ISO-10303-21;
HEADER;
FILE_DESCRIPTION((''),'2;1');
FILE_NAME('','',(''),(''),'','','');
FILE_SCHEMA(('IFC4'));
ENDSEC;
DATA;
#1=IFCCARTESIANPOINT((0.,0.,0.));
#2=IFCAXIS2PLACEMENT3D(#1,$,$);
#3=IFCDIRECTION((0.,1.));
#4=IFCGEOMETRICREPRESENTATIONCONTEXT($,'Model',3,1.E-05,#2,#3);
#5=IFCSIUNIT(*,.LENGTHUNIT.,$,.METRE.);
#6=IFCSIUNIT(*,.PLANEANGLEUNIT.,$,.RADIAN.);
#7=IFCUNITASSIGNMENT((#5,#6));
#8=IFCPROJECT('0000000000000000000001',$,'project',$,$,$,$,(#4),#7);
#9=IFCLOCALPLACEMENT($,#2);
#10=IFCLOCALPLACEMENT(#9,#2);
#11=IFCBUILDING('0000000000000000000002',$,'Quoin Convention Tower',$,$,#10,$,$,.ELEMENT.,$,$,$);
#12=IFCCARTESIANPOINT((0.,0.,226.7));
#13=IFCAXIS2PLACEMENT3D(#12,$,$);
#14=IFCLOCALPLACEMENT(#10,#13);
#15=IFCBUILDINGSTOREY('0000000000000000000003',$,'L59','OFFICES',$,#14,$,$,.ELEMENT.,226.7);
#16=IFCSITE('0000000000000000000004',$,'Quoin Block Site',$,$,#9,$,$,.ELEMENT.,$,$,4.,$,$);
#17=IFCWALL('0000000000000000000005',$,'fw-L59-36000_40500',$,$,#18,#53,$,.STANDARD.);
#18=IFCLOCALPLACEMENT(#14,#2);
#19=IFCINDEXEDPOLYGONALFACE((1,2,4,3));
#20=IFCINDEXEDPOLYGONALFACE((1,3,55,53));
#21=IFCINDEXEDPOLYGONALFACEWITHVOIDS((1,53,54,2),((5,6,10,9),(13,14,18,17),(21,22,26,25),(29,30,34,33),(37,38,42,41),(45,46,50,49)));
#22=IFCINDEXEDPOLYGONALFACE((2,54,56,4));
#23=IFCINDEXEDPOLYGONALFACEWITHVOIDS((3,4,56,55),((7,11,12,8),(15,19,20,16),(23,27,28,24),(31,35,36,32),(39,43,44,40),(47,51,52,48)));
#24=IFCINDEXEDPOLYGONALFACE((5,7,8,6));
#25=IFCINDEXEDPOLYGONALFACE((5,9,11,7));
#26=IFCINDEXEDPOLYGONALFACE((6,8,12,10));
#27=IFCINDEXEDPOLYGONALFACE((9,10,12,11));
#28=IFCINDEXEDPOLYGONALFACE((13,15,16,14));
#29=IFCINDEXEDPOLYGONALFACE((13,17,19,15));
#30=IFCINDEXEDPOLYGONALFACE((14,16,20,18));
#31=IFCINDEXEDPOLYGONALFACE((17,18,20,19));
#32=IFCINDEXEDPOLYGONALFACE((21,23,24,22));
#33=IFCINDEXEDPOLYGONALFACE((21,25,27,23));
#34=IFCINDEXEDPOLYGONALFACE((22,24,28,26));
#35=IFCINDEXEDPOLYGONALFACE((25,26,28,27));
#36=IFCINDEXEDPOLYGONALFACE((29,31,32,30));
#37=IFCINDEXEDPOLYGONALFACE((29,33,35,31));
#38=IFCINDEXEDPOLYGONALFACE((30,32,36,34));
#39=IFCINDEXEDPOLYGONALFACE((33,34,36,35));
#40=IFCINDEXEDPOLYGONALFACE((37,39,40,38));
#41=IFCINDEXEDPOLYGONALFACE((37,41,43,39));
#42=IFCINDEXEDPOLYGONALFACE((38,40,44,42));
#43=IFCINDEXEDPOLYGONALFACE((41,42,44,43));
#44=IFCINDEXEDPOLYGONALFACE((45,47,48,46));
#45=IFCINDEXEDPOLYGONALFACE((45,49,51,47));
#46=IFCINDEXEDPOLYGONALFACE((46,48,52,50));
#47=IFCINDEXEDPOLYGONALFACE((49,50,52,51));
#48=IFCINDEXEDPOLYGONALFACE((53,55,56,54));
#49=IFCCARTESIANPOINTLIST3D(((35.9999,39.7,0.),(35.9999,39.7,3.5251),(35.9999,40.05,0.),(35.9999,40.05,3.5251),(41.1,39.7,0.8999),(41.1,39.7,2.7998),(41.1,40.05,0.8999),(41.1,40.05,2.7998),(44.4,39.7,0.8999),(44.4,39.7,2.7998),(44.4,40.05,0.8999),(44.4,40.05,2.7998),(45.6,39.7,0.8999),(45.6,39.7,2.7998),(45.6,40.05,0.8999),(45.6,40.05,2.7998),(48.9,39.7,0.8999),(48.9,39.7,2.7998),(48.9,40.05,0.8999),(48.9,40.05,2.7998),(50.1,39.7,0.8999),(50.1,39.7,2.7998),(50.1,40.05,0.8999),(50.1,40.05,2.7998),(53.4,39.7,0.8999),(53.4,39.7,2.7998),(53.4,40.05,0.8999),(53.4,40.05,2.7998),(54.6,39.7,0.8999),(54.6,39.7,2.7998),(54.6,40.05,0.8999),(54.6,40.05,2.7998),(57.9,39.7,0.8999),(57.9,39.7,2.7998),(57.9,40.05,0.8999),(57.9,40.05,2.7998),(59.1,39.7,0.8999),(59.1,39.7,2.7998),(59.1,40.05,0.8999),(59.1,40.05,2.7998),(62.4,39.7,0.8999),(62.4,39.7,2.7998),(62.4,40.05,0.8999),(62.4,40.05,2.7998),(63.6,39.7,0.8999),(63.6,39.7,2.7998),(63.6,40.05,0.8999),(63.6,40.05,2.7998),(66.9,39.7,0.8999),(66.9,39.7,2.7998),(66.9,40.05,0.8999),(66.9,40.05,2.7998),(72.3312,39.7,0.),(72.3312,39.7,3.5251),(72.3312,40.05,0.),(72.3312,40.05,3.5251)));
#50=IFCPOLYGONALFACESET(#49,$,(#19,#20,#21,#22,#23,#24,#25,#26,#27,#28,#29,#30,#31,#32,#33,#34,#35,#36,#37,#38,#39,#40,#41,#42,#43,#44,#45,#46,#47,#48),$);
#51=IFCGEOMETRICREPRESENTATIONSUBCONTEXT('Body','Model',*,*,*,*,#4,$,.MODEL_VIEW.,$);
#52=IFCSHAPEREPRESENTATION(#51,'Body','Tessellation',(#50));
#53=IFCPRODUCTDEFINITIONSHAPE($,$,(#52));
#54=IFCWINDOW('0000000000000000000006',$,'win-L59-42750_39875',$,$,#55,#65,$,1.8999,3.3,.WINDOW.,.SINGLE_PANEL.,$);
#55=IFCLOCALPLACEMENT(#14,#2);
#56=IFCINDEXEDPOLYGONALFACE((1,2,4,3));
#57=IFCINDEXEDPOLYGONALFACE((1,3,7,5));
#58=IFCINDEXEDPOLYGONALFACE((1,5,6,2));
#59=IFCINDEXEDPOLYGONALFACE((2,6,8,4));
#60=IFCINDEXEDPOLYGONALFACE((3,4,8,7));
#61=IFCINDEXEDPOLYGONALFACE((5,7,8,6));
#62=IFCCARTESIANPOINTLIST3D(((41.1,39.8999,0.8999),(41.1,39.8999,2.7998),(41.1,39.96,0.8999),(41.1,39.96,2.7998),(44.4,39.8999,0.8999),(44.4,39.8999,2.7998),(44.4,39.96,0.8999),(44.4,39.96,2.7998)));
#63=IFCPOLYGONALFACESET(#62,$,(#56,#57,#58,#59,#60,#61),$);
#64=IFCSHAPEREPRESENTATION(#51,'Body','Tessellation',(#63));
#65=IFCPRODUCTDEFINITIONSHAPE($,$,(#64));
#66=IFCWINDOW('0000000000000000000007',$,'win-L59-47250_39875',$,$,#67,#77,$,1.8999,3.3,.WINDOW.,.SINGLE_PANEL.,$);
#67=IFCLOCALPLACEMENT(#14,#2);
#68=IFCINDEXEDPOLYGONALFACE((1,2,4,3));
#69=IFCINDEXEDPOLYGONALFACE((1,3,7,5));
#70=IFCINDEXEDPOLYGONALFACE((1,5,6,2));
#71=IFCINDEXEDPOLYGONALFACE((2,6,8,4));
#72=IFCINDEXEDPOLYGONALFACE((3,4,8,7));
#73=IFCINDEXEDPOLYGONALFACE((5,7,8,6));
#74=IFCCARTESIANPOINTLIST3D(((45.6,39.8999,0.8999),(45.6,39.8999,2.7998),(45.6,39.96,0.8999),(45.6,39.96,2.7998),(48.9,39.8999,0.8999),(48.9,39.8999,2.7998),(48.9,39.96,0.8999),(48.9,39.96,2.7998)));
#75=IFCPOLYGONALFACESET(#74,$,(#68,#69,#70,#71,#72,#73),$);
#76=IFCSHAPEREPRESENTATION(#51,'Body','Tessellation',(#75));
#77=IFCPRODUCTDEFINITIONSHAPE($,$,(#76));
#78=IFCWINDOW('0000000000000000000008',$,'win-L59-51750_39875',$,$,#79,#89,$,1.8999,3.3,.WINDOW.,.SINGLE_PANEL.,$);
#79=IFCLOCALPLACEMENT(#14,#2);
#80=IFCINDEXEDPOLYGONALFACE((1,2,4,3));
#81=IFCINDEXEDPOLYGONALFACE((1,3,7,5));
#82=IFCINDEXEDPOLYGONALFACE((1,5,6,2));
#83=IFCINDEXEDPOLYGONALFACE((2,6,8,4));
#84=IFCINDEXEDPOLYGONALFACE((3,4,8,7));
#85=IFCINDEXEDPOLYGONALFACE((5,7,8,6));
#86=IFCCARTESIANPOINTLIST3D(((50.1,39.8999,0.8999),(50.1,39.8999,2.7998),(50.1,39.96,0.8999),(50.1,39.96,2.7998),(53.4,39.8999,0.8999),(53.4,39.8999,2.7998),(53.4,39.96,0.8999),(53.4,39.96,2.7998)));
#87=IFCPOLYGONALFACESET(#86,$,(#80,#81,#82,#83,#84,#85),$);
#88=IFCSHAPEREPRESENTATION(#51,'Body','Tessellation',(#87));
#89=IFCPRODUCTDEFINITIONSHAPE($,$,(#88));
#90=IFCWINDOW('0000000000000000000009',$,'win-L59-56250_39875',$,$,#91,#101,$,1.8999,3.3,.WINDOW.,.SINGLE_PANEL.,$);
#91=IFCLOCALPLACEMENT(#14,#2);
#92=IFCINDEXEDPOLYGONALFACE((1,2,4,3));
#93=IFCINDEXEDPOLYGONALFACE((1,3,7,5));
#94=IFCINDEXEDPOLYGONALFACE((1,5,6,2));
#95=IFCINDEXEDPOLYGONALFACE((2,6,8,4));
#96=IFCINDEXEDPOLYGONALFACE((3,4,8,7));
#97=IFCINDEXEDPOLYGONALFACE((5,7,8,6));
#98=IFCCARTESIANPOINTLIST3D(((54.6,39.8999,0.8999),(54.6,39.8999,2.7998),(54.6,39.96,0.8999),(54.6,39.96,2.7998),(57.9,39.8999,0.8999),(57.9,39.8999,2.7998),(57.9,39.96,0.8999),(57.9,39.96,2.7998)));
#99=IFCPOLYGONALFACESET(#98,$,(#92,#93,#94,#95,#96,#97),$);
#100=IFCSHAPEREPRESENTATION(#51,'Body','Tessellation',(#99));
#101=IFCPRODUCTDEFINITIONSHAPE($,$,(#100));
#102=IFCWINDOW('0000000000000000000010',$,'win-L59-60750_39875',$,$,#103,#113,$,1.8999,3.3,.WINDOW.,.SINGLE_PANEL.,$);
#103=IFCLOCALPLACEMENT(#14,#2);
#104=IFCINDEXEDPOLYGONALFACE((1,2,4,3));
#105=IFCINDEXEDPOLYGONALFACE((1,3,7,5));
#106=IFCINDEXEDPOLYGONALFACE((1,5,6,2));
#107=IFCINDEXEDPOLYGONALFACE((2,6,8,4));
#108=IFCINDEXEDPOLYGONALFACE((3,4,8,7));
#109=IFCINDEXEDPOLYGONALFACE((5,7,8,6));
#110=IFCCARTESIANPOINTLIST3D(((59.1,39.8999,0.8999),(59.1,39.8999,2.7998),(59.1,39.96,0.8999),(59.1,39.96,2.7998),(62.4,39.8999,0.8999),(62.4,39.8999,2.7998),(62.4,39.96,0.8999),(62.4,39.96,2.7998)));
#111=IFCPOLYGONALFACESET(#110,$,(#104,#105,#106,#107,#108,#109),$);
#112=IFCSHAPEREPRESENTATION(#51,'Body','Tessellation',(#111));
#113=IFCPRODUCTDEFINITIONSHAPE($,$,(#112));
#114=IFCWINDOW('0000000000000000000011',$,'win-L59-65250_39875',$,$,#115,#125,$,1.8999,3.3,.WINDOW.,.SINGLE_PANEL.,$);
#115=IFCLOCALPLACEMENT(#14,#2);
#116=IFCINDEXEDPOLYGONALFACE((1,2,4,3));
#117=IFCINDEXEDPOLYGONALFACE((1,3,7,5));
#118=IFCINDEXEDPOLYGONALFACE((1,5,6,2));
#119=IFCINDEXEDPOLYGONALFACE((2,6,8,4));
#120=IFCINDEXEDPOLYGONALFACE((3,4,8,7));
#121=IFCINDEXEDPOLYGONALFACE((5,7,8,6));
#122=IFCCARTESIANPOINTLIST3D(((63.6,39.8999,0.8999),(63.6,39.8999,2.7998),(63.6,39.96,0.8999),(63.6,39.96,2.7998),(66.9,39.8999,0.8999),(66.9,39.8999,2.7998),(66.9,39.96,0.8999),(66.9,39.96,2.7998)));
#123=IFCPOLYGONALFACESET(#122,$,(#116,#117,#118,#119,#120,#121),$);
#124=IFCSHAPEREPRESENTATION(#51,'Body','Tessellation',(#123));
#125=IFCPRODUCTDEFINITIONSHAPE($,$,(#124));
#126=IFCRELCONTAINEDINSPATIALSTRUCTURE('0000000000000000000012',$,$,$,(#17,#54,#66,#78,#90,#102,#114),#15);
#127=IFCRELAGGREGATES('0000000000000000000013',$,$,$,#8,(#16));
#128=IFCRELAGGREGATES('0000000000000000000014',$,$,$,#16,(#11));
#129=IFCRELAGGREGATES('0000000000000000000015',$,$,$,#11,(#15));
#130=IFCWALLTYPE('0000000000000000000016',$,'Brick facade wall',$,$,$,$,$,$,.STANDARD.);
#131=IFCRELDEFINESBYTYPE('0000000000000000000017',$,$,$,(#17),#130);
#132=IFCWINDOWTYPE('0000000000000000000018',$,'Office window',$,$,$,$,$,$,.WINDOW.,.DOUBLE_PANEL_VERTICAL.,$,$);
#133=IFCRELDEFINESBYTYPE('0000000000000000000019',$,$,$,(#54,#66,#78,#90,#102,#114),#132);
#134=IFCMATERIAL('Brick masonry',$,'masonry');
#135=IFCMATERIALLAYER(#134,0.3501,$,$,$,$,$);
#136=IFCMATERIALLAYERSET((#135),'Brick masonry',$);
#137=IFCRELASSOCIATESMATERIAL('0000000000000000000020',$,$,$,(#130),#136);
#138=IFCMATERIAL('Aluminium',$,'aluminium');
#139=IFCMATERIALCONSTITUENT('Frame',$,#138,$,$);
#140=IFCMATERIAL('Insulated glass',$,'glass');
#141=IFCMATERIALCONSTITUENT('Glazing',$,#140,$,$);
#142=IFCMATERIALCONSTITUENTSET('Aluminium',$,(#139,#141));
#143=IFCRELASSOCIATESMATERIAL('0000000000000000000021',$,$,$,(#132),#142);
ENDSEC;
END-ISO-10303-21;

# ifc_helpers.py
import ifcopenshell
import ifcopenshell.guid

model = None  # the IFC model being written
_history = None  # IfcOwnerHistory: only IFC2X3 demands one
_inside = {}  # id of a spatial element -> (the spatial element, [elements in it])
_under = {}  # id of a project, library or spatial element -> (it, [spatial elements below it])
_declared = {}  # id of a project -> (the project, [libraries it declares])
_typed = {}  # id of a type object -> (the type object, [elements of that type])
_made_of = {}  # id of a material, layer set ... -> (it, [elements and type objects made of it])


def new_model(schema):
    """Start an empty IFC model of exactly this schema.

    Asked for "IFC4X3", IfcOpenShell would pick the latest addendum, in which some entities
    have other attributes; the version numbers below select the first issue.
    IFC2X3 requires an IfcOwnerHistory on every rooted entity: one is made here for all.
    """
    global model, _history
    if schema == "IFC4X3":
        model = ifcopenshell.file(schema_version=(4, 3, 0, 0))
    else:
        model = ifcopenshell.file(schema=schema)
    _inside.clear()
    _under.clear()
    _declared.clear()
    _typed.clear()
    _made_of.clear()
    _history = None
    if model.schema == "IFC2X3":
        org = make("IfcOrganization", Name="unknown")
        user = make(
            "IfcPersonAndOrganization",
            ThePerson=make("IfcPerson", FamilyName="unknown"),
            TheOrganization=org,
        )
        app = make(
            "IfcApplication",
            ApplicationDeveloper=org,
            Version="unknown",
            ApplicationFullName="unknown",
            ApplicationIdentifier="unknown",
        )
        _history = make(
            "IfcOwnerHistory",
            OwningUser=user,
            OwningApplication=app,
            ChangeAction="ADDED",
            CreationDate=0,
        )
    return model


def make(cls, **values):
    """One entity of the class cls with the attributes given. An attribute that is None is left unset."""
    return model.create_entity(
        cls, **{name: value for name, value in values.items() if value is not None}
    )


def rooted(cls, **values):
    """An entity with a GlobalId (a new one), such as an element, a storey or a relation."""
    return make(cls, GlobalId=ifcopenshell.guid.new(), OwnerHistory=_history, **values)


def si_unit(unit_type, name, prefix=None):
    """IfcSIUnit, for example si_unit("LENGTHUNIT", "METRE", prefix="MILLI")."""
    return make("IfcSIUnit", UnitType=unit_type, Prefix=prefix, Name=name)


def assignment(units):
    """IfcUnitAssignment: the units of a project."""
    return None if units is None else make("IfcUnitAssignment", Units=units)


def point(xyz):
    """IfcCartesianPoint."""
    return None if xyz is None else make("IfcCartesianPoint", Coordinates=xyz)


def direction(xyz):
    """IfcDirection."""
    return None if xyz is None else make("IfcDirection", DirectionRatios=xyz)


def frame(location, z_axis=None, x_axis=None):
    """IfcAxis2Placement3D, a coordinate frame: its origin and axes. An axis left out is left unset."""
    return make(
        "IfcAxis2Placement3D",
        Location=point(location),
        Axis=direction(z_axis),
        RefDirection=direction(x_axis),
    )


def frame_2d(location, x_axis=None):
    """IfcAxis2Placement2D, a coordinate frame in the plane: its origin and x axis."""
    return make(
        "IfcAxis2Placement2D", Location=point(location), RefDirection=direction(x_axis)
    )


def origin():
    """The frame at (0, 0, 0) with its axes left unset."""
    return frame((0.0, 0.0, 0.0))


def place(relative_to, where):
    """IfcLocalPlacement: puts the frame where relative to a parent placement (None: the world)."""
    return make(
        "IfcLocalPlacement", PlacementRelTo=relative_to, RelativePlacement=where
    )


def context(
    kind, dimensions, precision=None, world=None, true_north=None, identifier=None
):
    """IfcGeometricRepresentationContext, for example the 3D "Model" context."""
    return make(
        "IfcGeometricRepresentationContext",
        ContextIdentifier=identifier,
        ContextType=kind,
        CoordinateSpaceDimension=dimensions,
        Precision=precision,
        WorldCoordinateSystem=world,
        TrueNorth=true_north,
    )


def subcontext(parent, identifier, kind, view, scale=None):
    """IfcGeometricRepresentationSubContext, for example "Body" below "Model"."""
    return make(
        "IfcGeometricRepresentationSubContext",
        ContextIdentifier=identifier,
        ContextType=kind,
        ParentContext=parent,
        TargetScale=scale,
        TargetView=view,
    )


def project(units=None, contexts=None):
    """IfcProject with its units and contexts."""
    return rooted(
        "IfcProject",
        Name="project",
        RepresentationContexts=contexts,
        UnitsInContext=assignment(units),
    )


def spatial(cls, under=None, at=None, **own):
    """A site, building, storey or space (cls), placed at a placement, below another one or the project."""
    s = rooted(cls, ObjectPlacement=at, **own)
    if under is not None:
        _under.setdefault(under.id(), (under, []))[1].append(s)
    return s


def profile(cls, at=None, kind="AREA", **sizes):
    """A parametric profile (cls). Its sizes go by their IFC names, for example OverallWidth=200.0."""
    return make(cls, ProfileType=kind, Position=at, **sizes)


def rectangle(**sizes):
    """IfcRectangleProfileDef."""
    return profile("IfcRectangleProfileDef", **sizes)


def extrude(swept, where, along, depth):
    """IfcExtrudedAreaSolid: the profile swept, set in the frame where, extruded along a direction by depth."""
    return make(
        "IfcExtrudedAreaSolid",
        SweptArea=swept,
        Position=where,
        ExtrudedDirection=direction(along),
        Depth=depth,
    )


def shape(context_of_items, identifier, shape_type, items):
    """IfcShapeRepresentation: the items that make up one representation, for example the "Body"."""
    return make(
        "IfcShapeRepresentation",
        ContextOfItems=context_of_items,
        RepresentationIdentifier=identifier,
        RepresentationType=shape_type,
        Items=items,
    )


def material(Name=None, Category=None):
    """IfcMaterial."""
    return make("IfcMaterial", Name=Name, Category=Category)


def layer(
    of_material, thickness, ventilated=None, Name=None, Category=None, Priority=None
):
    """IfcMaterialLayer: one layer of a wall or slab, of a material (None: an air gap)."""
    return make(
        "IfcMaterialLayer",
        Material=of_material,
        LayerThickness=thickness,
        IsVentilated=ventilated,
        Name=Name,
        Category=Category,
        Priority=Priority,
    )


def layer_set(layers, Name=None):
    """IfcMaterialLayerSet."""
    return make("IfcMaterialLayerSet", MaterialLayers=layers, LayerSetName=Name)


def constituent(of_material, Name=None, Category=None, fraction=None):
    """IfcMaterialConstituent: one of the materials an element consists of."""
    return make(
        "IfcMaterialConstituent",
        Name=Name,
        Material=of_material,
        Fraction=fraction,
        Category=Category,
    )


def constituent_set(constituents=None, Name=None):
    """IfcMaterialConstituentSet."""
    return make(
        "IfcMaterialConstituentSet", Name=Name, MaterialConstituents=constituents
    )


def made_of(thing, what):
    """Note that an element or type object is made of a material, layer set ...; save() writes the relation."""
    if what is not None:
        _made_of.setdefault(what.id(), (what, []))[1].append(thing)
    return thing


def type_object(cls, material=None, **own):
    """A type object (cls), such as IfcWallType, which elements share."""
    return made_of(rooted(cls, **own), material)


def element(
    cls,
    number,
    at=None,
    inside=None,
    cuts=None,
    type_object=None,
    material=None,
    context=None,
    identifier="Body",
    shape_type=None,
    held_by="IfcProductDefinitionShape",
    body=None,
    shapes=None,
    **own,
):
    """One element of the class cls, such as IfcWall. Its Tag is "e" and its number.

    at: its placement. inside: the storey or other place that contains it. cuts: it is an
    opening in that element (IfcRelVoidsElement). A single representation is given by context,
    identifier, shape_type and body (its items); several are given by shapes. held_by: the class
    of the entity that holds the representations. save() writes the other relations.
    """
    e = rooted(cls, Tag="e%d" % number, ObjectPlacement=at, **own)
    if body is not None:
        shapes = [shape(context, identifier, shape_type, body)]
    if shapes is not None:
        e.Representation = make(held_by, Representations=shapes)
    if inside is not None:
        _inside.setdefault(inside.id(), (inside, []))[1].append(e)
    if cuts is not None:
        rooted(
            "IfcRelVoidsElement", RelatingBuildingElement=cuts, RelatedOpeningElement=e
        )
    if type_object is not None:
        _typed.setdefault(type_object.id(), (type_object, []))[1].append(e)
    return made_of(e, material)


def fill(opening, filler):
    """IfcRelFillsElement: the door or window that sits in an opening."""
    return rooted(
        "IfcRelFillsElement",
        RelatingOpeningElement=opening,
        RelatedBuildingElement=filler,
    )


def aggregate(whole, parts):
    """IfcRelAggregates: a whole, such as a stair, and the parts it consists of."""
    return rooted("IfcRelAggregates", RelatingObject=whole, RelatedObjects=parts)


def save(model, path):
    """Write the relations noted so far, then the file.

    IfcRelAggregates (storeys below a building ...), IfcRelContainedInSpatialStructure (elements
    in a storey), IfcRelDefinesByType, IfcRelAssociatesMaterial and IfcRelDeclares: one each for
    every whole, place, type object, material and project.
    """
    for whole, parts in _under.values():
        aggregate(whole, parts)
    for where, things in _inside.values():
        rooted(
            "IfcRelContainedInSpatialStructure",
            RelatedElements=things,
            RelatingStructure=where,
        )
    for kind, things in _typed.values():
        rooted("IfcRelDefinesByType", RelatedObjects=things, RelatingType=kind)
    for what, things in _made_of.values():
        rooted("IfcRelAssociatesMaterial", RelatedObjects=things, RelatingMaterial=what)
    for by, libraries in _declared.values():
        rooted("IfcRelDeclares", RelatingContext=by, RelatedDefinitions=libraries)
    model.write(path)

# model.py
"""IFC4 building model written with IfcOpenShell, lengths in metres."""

from ifc_helpers import new_model, si_unit, direction, frame, frame_2d, origin, place, context, subcontext, project, spatial, rectangle, extrude, material, layer, layer_set, constituent, constituent_set, type_object, element, fill, save


model = new_model("IFC4")

# Units and contexts
model_context = context("Model", 3, precision=1e-05, world=origin(), true_north=direction((0.0, 1.0)))
body_context = subcontext(model_context, "Body", "Model", "MODEL_VIEW")
ifc_project = project(units=[si_unit("LENGTHUNIT", "METRE"), si_unit("PLANEANGLEUNIT", "RADIAN")], contexts=[model_context])

# Site, building, storey
site_placement = place(None, origin())
site = spatial("IfcSite", under=ifc_project, at=site_placement, Name="Quoin Block Site", CompositionType="ELEMENT", RefElevation=4.0)
building_placement = place(site_placement, origin())
building = spatial("IfcBuilding", under=site, at=building_placement, Name="Quoin Convention Tower", CompositionType="ELEMENT")
storey_placement = place(building_placement, frame((0.0, 0.0, 226.7)))
storey = spatial("IfcBuildingStorey", under=building, at=storey_placement, Name="L59", Description="OFFICES", CompositionType="ELEMENT", Elevation=226.7)

# Wall, openings, windows
ifc_material_1 = material(Name="Brick masonry", Category="masonry")
ifc_layer_1 = layer(ifc_material_1, 0.3501)
ifc_layer_set_1 = layer_set([ifc_layer_1], Name="Brick masonry")
wall_type = type_object("IfcWallType", Name="Brick facade wall", PredefinedType="STANDARD", material=ifc_layer_set_1)
wall_1_placement = place(storey_placement, frame((36.0, 39.875, 0.0), z_axis=(0.0, 0.0, 1.0), x_axis=(1.0, 0.0, 0.0)))
wall_1 = element("IfcWall", 1, at=wall_1_placement, inside=storey, type_object=wall_type, Name="fw-L59-36000_40500", PredefinedType="STANDARD", context=body_context, shape_type="SweptSolid", body=[
    extrude(rectangle(XDim=36.3313, YDim=0.3501, at=frame_2d((18.1655, 0.0))), origin(), (0.0, 0.0, 1.0), 3.5251),
])
opening_1_placement = place(wall_1_placement, frame((5.1001, 0.0, 0.8999)))
opening_1 = element("IfcOpeningElement", 2, at=opening_1_placement, cuts=wall_1, PredefinedType="OPENING", context=body_context, shape_type="SweptSolid", body=[
    extrude(rectangle(XDim=3.3, YDim=1.8999, at=frame_2d((1.6499, 0.95))), frame((0.0, 0.1851, 0.0), z_axis=(0.0, -1.0, 0.0), x_axis=(1.0, 0.0, 0.0)), (0.0, 0.0, 1.0), 0.3701),
])
opening_2_placement = place(wall_1_placement, frame((9.6001, 0.0, 0.8999)))
opening_2 = element("IfcOpeningElement", 3, at=opening_2_placement, cuts=wall_1, PredefinedType="OPENING", context=body_context, shape_type="SweptSolid", body=[
    extrude(rectangle(XDim=3.3, YDim=1.8999, at=frame_2d((1.6499, 0.95))), frame((0.0, 0.1851, 0.0), z_axis=(0.0, -1.0, 0.0), x_axis=(1.0, 0.0, 0.0)), (0.0, 0.0, 1.0), 0.3701),
])
opening_3_placement = place(wall_1_placement, frame((14.1001, 0.0, 0.8999)))
opening_3 = element("IfcOpeningElement", 4, at=opening_3_placement, cuts=wall_1, PredefinedType="OPENING", context=body_context, shape_type="SweptSolid", body=[
    extrude(rectangle(XDim=3.3, YDim=1.8999, at=frame_2d((1.6499, 0.95))), frame((0.0, 0.1851, 0.0), z_axis=(0.0, -1.0, 0.0), x_axis=(1.0, 0.0, 0.0)), (0.0, 0.0, 1.0), 0.3701),
])
opening_4_placement = place(wall_1_placement, frame((18.6001, 0.0, 0.8999)))
opening_4 = element("IfcOpeningElement", 5, at=opening_4_placement, cuts=wall_1, PredefinedType="OPENING", context=body_context, shape_type="SweptSolid", body=[
    extrude(rectangle(XDim=3.3, YDim=1.8999, at=frame_2d((1.6499, 0.95))), frame((0.0, 0.1851, 0.0), z_axis=(0.0, -1.0, 0.0), x_axis=(1.0, 0.0, 0.0)), (0.0, 0.0, 1.0), 0.3701),
])
opening_5_placement = place(wall_1_placement, frame((23.1001, 0.0, 0.8999)))
opening_5 = element("IfcOpeningElement", 6, at=opening_5_placement, cuts=wall_1, PredefinedType="OPENING", context=body_context, shape_type="SweptSolid", body=[
    extrude(rectangle(XDim=3.3, YDim=1.8999, at=frame_2d((1.6499, 0.95))), frame((0.0, 0.1851, 0.0), z_axis=(0.0, -1.0, 0.0), x_axis=(1.0, 0.0, 0.0)), (0.0, 0.0, 1.0), 0.3701),
])
opening_6_placement = place(wall_1_placement, frame((27.6001, 0.0, 0.8999)))
opening_6 = element("IfcOpeningElement", 7, at=opening_6_placement, cuts=wall_1, PredefinedType="OPENING", context=body_context, shape_type="SweptSolid", body=[
    extrude(rectangle(XDim=3.3, YDim=1.8999, at=frame_2d((1.6499, 0.95))), frame((0.0, 0.1851, 0.0), z_axis=(0.0, -1.0, 0.0), x_axis=(1.0, 0.0, 0.0)), (0.0, 0.0, 1.0), 0.3701),
])
ifc_material_2 = material(Name="Aluminium", Category="aluminium")
ifc_constituent_1 = constituent(ifc_material_2, Name="Frame")
ifc_material_3 = material(Name="Insulated glass", Category="glass")
ifc_constituent_2 = constituent(ifc_material_3, Name="Glazing")
ifc_constituent_set = constituent_set(constituents=[ifc_constituent_1, ifc_constituent_2], Name="Aluminium")
window_type = type_object("IfcWindowType", Name="Office window", PartitioningType="DOUBLE_PANEL_VERTICAL", PredefinedType="WINDOW", material=ifc_constituent_set)
window_1_placement = place(opening_1_placement, origin())
window_1 = element("IfcWindow", 8, at=window_1_placement, inside=storey, type_object=window_type, Name="win-L59-42750_39875", OverallHeight=1.8999, OverallWidth=3.3, PartitioningType="SINGLE_PANEL", PredefinedType="WINDOW", context=body_context, shape_type="SweptSolid", body=[
    extrude(rectangle(XDim=3.3, YDim=1.8999, at=frame_2d((1.6499, 0.95))), frame((0.0, 0.085, 0.0), z_axis=(0.0, -1.0, 0.0), x_axis=(1.0, 0.0, 0.0)), (0.0, 0.0, 1.0), 0.0601),
])
fill(opening_1, window_1)
window_2_placement = place(opening_2_placement, origin())
window_2 = element("IfcWindow", 9, at=window_2_placement, inside=storey, type_object=window_type, Name="win-L59-47250_39875", OverallHeight=1.8999, OverallWidth=3.3, PartitioningType="SINGLE_PANEL", PredefinedType="WINDOW", context=body_context, shape_type="SweptSolid", body=[
    extrude(rectangle(XDim=3.3, YDim=1.8999, at=frame_2d((1.6499, 0.95))), frame((0.0, 0.085, 0.0), z_axis=(0.0, -1.0, 0.0), x_axis=(1.0, 0.0, 0.0)), (0.0, 0.0, 1.0), 0.0601),
])
fill(opening_2, window_2)
window_3_placement = place(opening_3_placement, origin())
window_3 = element("IfcWindow", 10, at=window_3_placement, inside=storey, type_object=window_type, Name="win-L59-51750_39875", OverallHeight=1.8999, OverallWidth=3.3, PartitioningType="SINGLE_PANEL", PredefinedType="WINDOW", context=body_context, shape_type="SweptSolid", body=[
    extrude(rectangle(XDim=3.3, YDim=1.8999, at=frame_2d((1.6499, 0.95))), frame((0.0, 0.085, 0.0), z_axis=(0.0, -1.0, 0.0), x_axis=(1.0, 0.0, 0.0)), (0.0, 0.0, 1.0), 0.0601),
])
fill(opening_3, window_3)
window_4_placement = place(opening_4_placement, origin())
window_4 = element("IfcWindow", 11, at=window_4_placement, inside=storey, type_object=window_type, Name="win-L59-56250_39875", OverallHeight=1.8999, OverallWidth=3.3, PartitioningType="SINGLE_PANEL", PredefinedType="WINDOW", context=body_context, shape_type="SweptSolid", body=[
    extrude(rectangle(XDim=3.3, YDim=1.8999, at=frame_2d((1.6499, 0.95))), frame((0.0, 0.085, 0.0), z_axis=(0.0, -1.0, 0.0), x_axis=(1.0, 0.0, 0.0)), (0.0, 0.0, 1.0), 0.0601),
])
fill(opening_4, window_4)
window_5_placement = place(opening_5_placement, origin())
window_5 = element("IfcWindow", 12, at=window_5_placement, inside=storey, type_object=window_type, Name="win-L59-60750_39875", OverallHeight=1.8999, OverallWidth=3.3, PartitioningType="SINGLE_PANEL", PredefinedType="WINDOW", context=body_context, shape_type="SweptSolid", body=[
    extrude(rectangle(XDim=3.3, YDim=1.8999, at=frame_2d((1.6499, 0.95))), frame((0.0, 0.085, 0.0), z_axis=(0.0, -1.0, 0.0), x_axis=(1.0, 0.0, 0.0)), (0.0, 0.0, 1.0), 0.0601),
])
fill(opening_5, window_5)
window_6_placement = place(opening_6_placement, origin())
window_6 = element("IfcWindow", 13, at=window_6_placement, inside=storey, type_object=window_type, Name="win-L59-65250_39875", OverallHeight=1.8999, OverallWidth=3.3, PartitioningType="SINGLE_PANEL", PredefinedType="WINDOW", context=body_context, shape_type="SweptSolid", body=[
    extrude(rectangle(XDim=3.3, YDim=1.8999, at=frame_2d((1.6499, 0.95))), frame((0.0, 0.085, 0.0), z_axis=(0.0, -1.0, 0.0), x_axis=(1.0, 0.0, 0.0)), (0.0, 0.0, 1.0), 0.0601),
])
fill(opening_6, window_6)

save(model, "model.ifc")
